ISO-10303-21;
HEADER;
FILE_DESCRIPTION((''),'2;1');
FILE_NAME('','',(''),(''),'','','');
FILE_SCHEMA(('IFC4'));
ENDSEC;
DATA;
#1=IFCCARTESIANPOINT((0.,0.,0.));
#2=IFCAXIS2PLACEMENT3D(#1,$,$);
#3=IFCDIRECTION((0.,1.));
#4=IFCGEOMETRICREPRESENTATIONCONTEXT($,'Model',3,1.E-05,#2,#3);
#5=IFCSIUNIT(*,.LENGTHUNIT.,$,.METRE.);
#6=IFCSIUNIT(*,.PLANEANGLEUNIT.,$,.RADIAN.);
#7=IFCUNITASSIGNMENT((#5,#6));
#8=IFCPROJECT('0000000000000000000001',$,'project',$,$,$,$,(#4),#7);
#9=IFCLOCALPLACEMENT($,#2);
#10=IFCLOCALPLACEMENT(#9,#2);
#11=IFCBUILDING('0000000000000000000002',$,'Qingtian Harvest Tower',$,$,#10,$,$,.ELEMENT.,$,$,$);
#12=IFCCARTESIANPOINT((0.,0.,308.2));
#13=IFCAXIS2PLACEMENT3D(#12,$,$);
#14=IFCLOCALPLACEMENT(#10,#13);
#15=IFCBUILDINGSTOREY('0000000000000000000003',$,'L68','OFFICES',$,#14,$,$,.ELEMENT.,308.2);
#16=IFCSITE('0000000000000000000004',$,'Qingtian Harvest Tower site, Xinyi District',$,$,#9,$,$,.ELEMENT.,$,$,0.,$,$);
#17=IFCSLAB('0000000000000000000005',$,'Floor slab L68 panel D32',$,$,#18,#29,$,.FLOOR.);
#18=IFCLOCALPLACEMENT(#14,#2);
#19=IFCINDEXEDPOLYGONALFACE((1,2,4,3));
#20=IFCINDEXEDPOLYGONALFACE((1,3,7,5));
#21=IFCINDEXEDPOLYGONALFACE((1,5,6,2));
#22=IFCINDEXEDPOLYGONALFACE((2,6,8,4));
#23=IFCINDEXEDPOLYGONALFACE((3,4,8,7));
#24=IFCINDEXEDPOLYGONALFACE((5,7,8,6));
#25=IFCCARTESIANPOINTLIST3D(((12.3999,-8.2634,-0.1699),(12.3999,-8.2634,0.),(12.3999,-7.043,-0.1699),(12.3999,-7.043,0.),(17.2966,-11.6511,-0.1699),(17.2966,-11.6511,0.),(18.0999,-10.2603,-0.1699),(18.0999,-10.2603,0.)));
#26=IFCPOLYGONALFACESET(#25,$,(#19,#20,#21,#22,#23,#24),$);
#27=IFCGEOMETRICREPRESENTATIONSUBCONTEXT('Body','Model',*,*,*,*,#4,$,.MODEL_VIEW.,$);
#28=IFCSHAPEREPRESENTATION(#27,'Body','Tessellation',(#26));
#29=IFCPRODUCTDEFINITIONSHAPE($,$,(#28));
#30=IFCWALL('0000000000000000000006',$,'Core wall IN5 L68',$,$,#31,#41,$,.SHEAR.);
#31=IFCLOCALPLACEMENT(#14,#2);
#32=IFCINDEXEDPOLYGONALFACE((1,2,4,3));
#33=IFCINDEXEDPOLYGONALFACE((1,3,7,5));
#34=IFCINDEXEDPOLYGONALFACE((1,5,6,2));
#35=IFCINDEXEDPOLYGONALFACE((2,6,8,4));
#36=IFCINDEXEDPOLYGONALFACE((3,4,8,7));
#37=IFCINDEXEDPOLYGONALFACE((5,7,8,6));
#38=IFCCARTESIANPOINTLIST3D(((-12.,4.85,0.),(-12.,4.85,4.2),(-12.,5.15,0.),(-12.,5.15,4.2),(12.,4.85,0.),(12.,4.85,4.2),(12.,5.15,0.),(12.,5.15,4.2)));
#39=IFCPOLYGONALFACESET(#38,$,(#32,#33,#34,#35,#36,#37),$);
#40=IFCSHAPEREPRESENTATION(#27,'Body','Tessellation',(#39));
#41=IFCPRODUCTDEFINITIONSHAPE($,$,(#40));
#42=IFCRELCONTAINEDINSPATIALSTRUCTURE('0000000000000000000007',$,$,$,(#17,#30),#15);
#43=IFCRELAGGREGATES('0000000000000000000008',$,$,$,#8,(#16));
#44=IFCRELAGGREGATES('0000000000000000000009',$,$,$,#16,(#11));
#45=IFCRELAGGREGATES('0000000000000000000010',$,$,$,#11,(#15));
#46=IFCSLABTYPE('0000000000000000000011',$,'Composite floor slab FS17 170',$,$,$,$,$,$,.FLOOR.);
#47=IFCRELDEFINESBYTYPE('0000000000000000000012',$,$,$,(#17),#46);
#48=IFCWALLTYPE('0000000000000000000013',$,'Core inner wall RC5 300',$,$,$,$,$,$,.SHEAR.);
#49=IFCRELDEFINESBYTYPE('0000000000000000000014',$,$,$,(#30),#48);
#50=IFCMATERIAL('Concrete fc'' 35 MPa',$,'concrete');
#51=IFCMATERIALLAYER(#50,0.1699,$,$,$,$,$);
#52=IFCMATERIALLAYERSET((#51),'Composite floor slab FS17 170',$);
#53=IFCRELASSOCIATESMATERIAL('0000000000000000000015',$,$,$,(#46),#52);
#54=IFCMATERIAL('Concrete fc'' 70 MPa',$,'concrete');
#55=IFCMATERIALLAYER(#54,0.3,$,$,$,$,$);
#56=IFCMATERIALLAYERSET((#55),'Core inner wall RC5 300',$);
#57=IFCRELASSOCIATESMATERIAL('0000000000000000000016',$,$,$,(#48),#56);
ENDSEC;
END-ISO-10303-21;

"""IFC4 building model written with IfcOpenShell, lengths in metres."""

from ifc_helpers import new_model, si_unit, direction, frame, frame_2d, origin, place, context, subcontext, project, spatial, polyline, rectangle, outline, extrude, material, layer, layer_set, type_object, element, save


model = new_model("IFC4")

# Units and contexts
model_context = context("Model", 3, precision=1e-05, world=origin(), true_north=direction((0.0, 1.0)))
body_context = subcontext(model_context, "Body", "Model", "MODEL_VIEW")
ifc_project = project(units=[si_unit("LENGTHUNIT", "METRE"), si_unit("PLANEANGLEUNIT", "RADIAN")], contexts=[model_context])

# Site, building, storey
site_placement = place(None, origin())
site = spatial("IfcSite", under=ifc_project, at=site_placement, Name="Qingtian Harvest Tower site, Xinyi District", CompositionType="ELEMENT", RefElevation=0.0)
building_placement = place(site_placement, origin())
building = spatial("IfcBuilding", under=site, at=building_placement, Name="Qingtian Harvest Tower", CompositionType="ELEMENT")
storey_placement = place(building_placement, frame((0.0, 0.0, 308.2)))
storey = spatial("IfcBuildingStorey", under=building, at=storey_placement, Name="L68", Description="OFFICES", CompositionType="ELEMENT", Elevation=308.2)

# Slab
ifc_material_1 = material(Name="Concrete fc' 35 MPa", Category="concrete")
ifc_layer_1 = layer(ifc_material_1, 0.1699)
ifc_layer_set_1 = layer_set([ifc_layer_1], Name="Composite floor slab FS17 170")
slab_type = type_object("IfcSlabType", Name="Composite floor slab FS17 170", PredefinedType="FLOOR", material=ifc_layer_set_1)
slab_placement = place(storey_placement, frame((0.0, 0.0, -0.1699)))
element("IfcSlab", 1, at=slab_placement, inside=storey, type_object=slab_type, Name="Floor slab L68 panel D32", PredefinedType="FLOOR", context=body_context, shape_type="SweptSolid", body=[
    extrude(outline(polyline([(12.3999, -7.043), (18.0999, -10.2603), (17.2966, -11.6511), (12.3999, -8.2634), (12.3999, -7.043)])), origin(), (0.0, 0.0, 1.0), 0.1699),
])

# Wall
ifc_material_2 = material(Name="Concrete fc' 70 MPa", Category="concrete")
ifc_layer_2 = layer(ifc_material_2, 0.3)
ifc_layer_set_2 = layer_set([ifc_layer_2], Name="Core inner wall RC5 300")
wall_type_1 = type_object("IfcWallType", Name="Core inner wall RC5 300", PredefinedType="SHEAR", material=ifc_layer_set_2)
wall_1_placement = place(storey_placement, frame((-12.0, 5.0, 0.0), z_axis=(0.0, 0.0, 1.0), x_axis=(1.0, 0.0, 0.0)))
element("IfcWall", 2, at=wall_1_placement, inside=storey, type_object=wall_type_1, Name="Core wall IN5 L68", PredefinedType="SHEAR", context=body_context, shape_type="SweptSolid", body=[
    extrude(rectangle(XDim=24.0, YDim=0.3, at=frame_2d((12.0, 0.0))), origin(), (0.0, 0.0, 1.0), 4.2),
])

save(model, "model.ifc")
